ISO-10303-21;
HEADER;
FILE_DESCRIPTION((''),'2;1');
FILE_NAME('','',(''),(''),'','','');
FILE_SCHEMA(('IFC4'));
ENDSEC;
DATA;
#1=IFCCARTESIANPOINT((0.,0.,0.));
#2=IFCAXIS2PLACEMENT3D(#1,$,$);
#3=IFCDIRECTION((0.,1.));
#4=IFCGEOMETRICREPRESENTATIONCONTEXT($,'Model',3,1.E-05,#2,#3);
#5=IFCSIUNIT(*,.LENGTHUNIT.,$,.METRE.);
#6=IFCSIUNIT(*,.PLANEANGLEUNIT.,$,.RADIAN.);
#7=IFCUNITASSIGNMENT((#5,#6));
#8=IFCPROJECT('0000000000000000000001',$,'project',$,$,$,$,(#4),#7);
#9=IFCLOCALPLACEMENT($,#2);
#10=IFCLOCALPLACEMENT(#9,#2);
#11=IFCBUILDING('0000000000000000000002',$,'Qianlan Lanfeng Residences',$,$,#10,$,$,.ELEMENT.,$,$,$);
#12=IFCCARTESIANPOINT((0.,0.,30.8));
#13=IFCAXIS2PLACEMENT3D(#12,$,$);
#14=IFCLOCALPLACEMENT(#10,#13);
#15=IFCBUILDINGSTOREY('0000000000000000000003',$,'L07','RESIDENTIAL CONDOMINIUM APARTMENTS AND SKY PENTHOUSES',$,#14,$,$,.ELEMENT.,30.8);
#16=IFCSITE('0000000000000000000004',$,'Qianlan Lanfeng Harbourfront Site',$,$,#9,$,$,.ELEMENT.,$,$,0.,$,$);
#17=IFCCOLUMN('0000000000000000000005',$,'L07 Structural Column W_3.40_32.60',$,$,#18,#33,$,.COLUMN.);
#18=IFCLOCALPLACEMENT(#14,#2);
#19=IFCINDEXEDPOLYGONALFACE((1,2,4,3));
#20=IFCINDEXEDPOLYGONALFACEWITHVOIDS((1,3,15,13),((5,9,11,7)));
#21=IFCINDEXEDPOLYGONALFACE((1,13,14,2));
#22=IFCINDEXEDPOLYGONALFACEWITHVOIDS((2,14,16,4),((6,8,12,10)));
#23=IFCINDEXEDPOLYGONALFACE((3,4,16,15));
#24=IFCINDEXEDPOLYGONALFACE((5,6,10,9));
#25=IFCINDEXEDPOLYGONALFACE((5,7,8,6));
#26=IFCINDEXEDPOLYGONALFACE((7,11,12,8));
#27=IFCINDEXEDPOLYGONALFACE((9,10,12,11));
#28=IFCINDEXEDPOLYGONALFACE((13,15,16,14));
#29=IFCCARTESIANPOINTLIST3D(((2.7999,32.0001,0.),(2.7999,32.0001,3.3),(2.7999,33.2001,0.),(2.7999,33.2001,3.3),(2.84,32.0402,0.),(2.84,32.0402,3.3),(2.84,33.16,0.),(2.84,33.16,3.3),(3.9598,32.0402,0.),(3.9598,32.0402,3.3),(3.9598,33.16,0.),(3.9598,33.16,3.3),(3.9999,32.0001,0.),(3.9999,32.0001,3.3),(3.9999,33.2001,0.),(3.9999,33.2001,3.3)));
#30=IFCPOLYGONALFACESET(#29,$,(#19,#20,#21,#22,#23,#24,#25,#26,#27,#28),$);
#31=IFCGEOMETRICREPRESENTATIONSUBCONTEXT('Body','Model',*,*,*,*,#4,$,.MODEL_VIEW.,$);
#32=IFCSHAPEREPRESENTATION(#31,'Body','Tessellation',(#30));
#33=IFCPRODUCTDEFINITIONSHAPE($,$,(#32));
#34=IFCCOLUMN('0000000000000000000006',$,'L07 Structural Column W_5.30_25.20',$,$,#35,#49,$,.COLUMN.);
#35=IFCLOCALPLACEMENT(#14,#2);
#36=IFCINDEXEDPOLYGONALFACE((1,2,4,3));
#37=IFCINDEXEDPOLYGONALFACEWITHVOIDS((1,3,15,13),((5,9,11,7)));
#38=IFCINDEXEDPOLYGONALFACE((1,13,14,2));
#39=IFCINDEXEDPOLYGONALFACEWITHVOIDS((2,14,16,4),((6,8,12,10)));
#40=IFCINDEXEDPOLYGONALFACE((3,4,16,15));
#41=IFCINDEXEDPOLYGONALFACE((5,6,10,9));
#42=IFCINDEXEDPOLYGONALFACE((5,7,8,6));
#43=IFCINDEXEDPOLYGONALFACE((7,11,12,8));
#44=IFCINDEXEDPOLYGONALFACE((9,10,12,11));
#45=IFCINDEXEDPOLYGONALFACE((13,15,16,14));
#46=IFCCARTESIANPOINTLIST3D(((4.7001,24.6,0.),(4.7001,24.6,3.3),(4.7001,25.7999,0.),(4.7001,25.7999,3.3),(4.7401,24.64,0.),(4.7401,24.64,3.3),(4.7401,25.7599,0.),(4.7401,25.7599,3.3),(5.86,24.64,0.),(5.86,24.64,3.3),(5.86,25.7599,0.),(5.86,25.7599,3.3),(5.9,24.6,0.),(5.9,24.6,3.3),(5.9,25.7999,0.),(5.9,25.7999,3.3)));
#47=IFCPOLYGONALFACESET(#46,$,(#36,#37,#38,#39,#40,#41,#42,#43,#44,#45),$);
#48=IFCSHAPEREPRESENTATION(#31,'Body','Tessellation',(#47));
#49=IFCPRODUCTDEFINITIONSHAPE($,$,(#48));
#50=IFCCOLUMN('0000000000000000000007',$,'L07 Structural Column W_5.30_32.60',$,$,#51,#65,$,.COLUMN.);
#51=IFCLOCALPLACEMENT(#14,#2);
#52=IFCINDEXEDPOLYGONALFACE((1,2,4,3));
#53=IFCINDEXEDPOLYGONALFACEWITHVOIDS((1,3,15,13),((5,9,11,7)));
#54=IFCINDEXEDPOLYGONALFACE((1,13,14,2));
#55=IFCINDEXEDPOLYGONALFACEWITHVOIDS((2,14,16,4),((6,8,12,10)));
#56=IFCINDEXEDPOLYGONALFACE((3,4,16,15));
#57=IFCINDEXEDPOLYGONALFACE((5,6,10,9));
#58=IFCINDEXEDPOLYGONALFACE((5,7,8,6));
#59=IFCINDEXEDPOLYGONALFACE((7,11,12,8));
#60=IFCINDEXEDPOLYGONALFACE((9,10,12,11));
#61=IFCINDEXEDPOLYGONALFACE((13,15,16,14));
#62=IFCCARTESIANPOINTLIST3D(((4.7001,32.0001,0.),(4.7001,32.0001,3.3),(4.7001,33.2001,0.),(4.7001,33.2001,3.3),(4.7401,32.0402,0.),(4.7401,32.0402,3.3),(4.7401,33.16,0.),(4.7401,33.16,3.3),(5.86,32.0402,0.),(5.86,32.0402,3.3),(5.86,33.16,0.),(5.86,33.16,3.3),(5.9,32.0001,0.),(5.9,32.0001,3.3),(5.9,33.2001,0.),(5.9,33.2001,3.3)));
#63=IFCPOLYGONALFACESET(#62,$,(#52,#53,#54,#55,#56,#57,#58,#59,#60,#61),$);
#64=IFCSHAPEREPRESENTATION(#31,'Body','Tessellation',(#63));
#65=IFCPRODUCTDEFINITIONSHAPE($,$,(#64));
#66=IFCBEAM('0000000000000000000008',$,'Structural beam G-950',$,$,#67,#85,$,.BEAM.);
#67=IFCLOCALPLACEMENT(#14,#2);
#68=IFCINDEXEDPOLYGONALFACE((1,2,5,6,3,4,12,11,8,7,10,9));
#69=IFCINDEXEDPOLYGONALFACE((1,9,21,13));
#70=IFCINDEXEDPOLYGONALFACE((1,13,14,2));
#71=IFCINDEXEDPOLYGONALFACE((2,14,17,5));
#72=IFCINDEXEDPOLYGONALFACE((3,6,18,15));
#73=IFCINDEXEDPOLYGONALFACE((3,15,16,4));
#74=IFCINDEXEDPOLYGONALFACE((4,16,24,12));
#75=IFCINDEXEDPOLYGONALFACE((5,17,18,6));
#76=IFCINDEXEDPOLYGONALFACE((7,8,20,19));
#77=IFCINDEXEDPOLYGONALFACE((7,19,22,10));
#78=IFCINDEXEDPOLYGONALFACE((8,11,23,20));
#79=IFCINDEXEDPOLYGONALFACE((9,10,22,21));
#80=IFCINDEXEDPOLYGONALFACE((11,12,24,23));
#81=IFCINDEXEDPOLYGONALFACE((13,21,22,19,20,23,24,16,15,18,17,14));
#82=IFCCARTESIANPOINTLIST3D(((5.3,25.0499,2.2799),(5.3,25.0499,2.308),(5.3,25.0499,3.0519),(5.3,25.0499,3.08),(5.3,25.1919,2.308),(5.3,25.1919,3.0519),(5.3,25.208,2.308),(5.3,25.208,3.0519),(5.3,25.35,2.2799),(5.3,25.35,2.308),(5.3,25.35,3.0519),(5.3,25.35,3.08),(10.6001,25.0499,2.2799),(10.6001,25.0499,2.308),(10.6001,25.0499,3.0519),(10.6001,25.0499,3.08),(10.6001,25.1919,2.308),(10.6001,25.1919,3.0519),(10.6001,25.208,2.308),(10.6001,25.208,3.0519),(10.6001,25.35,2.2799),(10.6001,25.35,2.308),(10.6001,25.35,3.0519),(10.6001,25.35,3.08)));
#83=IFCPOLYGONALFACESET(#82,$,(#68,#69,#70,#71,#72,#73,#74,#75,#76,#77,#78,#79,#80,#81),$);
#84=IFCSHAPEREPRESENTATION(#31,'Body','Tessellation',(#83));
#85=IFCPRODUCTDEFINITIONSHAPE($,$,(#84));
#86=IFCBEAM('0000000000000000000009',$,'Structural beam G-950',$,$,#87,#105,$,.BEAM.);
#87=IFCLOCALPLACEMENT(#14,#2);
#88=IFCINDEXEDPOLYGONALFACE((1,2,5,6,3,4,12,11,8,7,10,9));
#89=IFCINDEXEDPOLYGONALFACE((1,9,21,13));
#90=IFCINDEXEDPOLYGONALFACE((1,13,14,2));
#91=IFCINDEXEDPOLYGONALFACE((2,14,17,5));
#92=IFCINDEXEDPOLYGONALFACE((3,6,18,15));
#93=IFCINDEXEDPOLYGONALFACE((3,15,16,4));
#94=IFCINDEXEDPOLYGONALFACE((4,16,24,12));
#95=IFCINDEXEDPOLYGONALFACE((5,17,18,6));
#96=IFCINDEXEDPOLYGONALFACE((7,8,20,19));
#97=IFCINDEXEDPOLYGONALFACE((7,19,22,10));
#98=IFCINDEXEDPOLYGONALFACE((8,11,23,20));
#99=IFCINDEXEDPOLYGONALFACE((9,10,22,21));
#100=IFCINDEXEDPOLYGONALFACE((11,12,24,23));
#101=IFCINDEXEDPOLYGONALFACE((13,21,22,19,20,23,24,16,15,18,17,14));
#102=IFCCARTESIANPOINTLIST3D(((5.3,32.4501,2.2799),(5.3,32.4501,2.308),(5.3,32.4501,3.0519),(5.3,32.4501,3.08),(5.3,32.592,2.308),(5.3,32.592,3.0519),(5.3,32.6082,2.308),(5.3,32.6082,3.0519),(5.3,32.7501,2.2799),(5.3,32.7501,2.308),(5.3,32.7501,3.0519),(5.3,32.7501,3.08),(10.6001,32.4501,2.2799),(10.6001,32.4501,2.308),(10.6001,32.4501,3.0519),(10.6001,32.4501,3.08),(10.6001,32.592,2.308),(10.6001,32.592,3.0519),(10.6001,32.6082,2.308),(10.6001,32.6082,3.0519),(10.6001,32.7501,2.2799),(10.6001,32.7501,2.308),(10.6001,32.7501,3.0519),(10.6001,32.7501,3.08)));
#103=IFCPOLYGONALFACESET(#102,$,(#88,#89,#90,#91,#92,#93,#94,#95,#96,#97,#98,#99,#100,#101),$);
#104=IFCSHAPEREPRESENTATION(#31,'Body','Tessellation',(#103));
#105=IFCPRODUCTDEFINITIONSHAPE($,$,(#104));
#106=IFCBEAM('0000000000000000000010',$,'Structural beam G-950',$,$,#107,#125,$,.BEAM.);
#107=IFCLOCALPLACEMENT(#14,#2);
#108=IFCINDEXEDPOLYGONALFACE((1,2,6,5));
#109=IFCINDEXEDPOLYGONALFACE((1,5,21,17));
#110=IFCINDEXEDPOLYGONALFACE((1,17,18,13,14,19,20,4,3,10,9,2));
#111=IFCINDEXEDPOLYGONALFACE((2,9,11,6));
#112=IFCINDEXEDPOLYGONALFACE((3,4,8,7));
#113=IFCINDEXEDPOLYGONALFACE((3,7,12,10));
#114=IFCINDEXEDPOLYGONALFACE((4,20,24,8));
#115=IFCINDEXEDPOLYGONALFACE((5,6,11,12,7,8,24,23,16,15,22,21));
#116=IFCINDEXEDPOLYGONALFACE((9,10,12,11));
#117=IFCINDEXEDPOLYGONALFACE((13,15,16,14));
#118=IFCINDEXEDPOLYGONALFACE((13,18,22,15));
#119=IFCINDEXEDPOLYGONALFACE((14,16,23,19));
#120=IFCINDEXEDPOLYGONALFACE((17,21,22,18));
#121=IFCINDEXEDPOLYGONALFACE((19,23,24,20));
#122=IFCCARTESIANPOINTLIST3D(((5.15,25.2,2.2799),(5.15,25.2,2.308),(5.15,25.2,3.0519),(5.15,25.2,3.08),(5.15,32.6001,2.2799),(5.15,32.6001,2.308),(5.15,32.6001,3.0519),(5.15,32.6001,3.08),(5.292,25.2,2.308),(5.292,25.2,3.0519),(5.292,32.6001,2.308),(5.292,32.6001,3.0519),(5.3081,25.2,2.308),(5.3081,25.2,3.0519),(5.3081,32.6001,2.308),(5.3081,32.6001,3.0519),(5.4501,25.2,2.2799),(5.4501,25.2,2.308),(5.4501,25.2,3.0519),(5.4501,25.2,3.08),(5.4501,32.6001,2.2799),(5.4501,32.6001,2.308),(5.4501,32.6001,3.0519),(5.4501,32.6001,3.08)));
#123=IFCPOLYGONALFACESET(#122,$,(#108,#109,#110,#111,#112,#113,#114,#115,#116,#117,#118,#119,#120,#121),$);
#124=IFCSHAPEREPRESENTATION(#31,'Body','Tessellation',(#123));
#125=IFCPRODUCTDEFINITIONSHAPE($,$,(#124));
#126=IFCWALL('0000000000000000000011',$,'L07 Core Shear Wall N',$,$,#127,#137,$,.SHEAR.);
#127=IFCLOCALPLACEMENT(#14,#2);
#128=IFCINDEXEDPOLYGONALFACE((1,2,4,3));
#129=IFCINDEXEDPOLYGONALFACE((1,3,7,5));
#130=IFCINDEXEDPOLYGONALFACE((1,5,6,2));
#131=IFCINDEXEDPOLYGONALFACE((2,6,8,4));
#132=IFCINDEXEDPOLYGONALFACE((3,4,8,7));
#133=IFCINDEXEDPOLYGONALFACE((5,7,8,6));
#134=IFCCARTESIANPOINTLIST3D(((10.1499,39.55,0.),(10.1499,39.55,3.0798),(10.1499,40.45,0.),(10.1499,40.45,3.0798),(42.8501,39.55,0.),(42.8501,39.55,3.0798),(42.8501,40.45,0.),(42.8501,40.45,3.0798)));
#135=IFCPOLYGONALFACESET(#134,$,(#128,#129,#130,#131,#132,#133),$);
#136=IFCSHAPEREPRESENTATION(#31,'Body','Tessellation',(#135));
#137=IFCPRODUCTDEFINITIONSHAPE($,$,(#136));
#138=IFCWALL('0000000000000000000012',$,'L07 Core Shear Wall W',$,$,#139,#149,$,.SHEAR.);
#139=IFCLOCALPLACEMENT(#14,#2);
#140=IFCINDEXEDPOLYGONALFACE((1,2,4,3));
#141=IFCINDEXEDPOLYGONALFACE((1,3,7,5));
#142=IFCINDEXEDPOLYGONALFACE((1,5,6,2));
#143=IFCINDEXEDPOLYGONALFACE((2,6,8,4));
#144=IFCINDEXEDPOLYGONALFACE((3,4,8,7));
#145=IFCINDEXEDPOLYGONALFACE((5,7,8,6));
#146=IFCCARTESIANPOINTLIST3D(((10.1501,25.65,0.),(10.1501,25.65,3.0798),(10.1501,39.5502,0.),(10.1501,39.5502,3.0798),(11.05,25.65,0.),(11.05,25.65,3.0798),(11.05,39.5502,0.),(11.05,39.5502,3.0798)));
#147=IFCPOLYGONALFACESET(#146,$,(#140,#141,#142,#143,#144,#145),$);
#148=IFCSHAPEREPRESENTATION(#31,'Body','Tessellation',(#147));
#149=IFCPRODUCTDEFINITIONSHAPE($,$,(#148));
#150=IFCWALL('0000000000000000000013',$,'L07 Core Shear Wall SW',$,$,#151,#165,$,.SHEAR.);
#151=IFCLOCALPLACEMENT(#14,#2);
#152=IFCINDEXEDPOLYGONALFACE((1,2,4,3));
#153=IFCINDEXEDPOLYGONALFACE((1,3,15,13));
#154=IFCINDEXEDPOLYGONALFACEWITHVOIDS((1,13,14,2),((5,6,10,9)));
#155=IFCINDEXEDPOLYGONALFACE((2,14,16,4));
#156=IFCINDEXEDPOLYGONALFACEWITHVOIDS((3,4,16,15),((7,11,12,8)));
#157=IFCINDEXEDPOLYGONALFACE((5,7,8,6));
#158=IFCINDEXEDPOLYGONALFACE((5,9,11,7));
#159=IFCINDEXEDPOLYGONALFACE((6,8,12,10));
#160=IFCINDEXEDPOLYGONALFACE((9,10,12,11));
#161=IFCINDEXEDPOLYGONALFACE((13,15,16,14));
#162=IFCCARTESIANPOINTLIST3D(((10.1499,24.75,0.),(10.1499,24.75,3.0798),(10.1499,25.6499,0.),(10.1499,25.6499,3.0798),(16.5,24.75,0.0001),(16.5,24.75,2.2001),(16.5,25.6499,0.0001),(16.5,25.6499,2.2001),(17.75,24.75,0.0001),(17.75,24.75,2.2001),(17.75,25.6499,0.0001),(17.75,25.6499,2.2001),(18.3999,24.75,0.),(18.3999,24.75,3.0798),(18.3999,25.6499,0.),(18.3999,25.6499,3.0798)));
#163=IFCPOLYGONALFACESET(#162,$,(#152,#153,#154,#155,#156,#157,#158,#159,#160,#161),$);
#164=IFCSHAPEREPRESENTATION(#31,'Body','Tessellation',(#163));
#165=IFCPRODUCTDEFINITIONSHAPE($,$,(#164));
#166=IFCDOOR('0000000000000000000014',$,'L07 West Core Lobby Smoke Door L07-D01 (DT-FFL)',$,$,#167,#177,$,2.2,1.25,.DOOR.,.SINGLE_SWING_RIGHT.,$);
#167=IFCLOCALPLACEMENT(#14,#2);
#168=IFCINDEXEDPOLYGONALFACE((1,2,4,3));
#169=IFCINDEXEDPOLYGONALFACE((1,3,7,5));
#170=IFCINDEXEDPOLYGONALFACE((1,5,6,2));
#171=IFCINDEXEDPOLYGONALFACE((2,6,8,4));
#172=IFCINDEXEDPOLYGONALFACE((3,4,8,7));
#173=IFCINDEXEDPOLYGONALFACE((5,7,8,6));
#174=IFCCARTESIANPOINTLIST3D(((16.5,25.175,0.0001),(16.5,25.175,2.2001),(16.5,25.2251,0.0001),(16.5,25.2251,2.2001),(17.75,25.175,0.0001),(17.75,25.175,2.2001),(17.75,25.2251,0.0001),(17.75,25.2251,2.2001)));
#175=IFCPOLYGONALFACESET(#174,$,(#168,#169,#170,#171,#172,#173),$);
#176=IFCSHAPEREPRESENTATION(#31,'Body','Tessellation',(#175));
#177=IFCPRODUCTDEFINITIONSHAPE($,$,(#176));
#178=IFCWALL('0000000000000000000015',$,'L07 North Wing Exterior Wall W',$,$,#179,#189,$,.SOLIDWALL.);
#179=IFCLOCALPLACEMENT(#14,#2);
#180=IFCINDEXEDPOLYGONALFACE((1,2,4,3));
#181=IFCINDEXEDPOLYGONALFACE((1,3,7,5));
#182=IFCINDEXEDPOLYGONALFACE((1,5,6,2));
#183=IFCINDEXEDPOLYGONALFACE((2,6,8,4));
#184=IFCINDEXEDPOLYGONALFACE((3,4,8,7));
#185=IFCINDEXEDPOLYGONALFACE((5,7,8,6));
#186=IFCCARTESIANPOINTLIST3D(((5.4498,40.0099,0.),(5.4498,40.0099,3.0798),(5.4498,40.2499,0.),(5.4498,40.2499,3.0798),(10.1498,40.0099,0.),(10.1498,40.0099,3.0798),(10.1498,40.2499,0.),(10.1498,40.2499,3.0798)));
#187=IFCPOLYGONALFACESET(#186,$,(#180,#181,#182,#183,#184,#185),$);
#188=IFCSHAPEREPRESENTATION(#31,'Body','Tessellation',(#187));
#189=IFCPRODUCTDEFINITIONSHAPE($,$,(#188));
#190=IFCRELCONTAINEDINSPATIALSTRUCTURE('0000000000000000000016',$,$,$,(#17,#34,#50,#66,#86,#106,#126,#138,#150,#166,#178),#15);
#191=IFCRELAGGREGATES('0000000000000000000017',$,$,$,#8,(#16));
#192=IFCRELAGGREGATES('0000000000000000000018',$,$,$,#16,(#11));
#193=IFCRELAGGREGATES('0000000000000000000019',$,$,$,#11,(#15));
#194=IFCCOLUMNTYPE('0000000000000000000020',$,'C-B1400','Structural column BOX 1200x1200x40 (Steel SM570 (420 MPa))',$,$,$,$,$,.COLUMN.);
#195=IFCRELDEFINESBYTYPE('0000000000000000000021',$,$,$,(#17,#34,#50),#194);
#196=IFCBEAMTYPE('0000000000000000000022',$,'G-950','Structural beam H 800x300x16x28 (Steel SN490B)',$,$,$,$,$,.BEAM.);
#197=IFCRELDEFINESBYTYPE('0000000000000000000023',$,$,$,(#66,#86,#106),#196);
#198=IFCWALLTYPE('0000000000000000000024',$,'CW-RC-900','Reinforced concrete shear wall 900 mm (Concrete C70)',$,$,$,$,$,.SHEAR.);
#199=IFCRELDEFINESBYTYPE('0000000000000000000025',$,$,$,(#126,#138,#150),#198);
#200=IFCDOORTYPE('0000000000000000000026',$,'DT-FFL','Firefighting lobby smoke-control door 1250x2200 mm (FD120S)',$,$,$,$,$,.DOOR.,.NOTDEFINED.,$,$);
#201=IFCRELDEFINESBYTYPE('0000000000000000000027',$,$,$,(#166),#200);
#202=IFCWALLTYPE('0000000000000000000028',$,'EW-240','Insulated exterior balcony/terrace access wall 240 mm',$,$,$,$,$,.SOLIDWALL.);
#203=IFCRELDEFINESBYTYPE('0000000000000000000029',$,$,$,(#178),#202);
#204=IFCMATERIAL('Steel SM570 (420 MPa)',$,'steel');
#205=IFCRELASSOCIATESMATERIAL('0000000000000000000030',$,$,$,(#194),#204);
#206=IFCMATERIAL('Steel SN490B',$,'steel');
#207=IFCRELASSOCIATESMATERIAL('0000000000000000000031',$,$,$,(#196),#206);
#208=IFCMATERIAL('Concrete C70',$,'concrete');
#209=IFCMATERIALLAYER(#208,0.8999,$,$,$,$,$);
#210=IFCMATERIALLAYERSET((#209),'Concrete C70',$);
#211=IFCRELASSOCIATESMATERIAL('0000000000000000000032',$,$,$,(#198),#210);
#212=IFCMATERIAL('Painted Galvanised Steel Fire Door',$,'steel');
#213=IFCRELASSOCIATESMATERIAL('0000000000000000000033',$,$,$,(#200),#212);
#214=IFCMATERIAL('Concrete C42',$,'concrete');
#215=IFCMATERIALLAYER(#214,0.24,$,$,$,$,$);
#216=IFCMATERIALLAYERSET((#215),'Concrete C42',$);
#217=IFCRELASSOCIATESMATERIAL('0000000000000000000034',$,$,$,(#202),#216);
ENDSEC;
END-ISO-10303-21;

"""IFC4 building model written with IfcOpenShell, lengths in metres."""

from ifc_helpers import new_model, si_unit, direction, frame, frame_2d, origin, origin_2d, place, context, subcontext, project, spatial, rectangle, hollow_rectangle, i_section, extrude, material, layer, layer_set, material_profile, profile_set, type_object, element, fill, save


model = new_model("IFC4")

# Units and contexts
model_context = context("Model", 3, precision=1e-05, world=origin(), true_north=direction((0.0, 1.0)))
body_context = subcontext(model_context, "Body", "Model", "MODEL_VIEW")
ifc_project = project(units=[si_unit("LENGTHUNIT", "METRE"), si_unit("PLANEANGLEUNIT", "RADIAN")], contexts=[model_context])

# Site, building, storey
site_placement = place(None, origin())
site = spatial("IfcSite", under=ifc_project, at=site_placement, Name="Qianlan Lanfeng Harbourfront Site", CompositionType="ELEMENT", RefElevation=0.0)
building_placement = place(site_placement, origin())
building = spatial("IfcBuilding", under=site, at=building_placement, Name="Qianlan Lanfeng Residences", CompositionType="ELEMENT")
storey_placement = place(building_placement, frame((0.0, 0.0, 30.8)))
storey = spatial("IfcBuildingStorey", under=building, at=storey_placement, Name="L07", Description="RESIDENTIAL CONDOMINIUM APARTMENTS AND SKY PENTHOUSES", CompositionType="ELEMENT", Elevation=30.8)

# Columns
ifc_material_1 = material(Name="Steel SM570 (420 MPa)", Category="steel")
ifc_material_profile_1 = material_profile(ifc_material_1, hollow_rectangle(XDim=1.2, YDim=1.2, WallThickness=0.04, at=origin_2d()), Name="BOX 1200x1200x40")
ifc_profile_set_1 = profile_set([ifc_material_profile_1], Name="Steel SM570 (420 MPa)")
column_type = type_object("IfcColumnType", Name="C-B1400", Description="Structural column BOX 1200x1200x40 (Steel SM570 (420 MPa))", PredefinedType="COLUMN", material=ifc_profile_set_1)
for number, where, z_axis, x_axis, name in (
    (1, (3.3999, 32.6001, 0.0), (0.0, 0.0, 1.0), (1.0, 0.0, 0.0), "L07 Structural Column W_3.40_32.60"),
    (2, (5.3, 25.2, 0.0), (0.0, 0.0, 1.0), (1.0, 0.0, 0.0), "L07 Structural Column W_5.30_25.20"),
    (3, (5.3, 32.6001, 0.0), (0.0, 0.0, 1.0), (1.0, 0.0, 0.0), "L07 Structural Column W_5.30_32.60"),
):
    element("IfcColumn", number, at=place(storey_placement, frame(where, z_axis=z_axis, x_axis=x_axis)), inside=storey, type_object=column_type, Name=name, PredefinedType="COLUMN", context=body_context, shape_type="SweptSolid", body=[
        extrude(hollow_rectangle(XDim=1.2, YDim=1.2, WallThickness=0.04, at=origin_2d()), origin(), (0.0, 0.0, 1.0), 3.3),
    ])

# Beams
ifc_material_2 = material(Name="Steel SN490B", Category="steel")
ifc_material_profile_2 = material_profile(ifc_material_2, i_section(OverallWidth=0.3, OverallDepth=0.8, WebThickness=0.0161, FlangeThickness=0.0281, at=origin_2d()), Name="H 800x300x16x28")
ifc_profile_set_2 = profile_set([ifc_material_profile_2], Name="Steel SN490B")
beam_type = type_object("IfcBeamType", Name="G-950", Description="Structural beam H 800x300x16x28 (Steel SN490B)", PredefinedType="BEAM", material=ifc_profile_set_2)
for number, where, z_axis, x_axis, name in (
    (4, (5.3, 25.2, 2.6799), (1.0, 0.0, 0.0), (0.0, 1.0, 0.0), "Structural beam G-950"),
    (5, (5.3, 32.6001, 2.6799), (1.0, 0.0, 0.0), (0.0, 1.0, 0.0), "Structural beam G-950"),
):
    element("IfcBeam", number, at=place(storey_placement, frame(where, z_axis=z_axis, x_axis=x_axis)), inside=storey, type_object=beam_type, Name=name, PredefinedType="BEAM", context=body_context, shape_type="SweptSolid", body=[
        extrude(i_section(OverallWidth=0.3, OverallDepth=0.8, WebThickness=0.0161, FlangeThickness=0.0281, at=origin_2d()), origin(), (0.0, 0.0, 1.0), 5.3),
    ])
beam_placement = place(storey_placement, frame((5.3, 25.2, 2.6799), z_axis=(0.0, 1.0, 0.0), x_axis=(-1.0, 0.0, 0.0)))
element("IfcBeam", 6, at=beam_placement, inside=storey, type_object=beam_type, Name="Structural beam G-950", PredefinedType="BEAM", context=body_context, shape_type="SweptSolid", body=[
    extrude(i_section(OverallWidth=0.3, OverallDepth=0.8, WebThickness=0.0161, FlangeThickness=0.0281, at=origin_2d()), origin(), (0.0, 0.0, 1.0), 7.4001),
])

# Walls
ifc_material_3 = material(Name="Concrete C70", Category="concrete")
ifc_layer_1 = layer(ifc_material_3, 0.8999)
ifc_layer_set_1 = layer_set([ifc_layer_1], Name="Concrete C70")
wall_type_1 = type_object("IfcWallType", Name="CW-RC-900", Description="Reinforced concrete shear wall 900 mm (Concrete C70)", PredefinedType="SHEAR", material=ifc_layer_set_1)
wall_1_placement = place(storey_placement, frame((10.1499, 40.0, 0.0), z_axis=(0.0, 0.0, 1.0), x_axis=(1.0, 0.0, 0.0)))
element("IfcWall", 7, at=wall_1_placement, inside=storey, type_object=wall_type_1, Name="L07 Core Shear Wall N", PredefinedType="SHEAR", context=body_context, shape_type="SweptSolid", body=[
    extrude(rectangle(XDim=32.7002, YDim=0.8999, at=frame_2d((16.3501, 0.0))), origin(), (0.0, 0.0, 1.0), 3.0798),
])
wall_2_placement = place(storey_placement, frame((10.6001, 25.6499, 0.0), z_axis=(0.0, 0.0, 1.0), x_axis=(0.0, 1.0, 0.0)))
element("IfcWall", 8, at=wall_2_placement, inside=storey, type_object=wall_type_1, Name="L07 Core Shear Wall W", PredefinedType="SHEAR", context=body_context, shape_type="SweptSolid", body=[
    extrude(rectangle(XDim=13.9001, YDim=0.8999, at=frame_2d((6.9502, 0.0))), origin(), (0.0, 0.0, 1.0), 3.0798),
])

# Wall, opening, door
wall_3_placement = place(storey_placement, frame((10.1499, 25.2, 0.0), z_axis=(0.0, 0.0, 1.0), x_axis=(1.0, 0.0, 0.0)))
wall_3 = element("IfcWall", 9, at=wall_3_placement, inside=storey, type_object=wall_type_1, Name="L07 Core Shear Wall SW", PredefinedType="SHEAR", context=body_context, shape_type="SweptSolid", body=[
    extrude(rectangle(XDim=8.25, YDim=0.8999, at=frame_2d((4.125, 0.0))), origin(), (0.0, 0.0, 1.0), 3.0798),
])
opening_1_placement = place(wall_3_placement, frame((6.3501, 0.0, 0.0)))
opening_1 = element("IfcOpeningElement", 10, at=opening_1_placement, cuts=wall_3, PredefinedType="OPENING", context=body_context, shape_type="SweptSolid", body=[
    extrude(rectangle(XDim=1.25, YDim=2.2, at=frame_2d((0.625, 1.1001))), frame((0.0, 0.46, 0.0), z_axis=(0.0, -1.0, 0.0), x_axis=(1.0, 0.0, 0.0)), (0.0, 0.0, 1.0), 0.9199),
])
ifc_material_4 = material(Name="Painted Galvanised Steel Fire Door", Category="steel")
door_type_1 = type_object("IfcDoorType", Name="DT-FFL", Description="Firefighting lobby smoke-control door 1250x2200 mm (FD120S)", OperationType="NOTDEFINED", PredefinedType="DOOR", material=ifc_material_4)
door_1_placement = place(opening_1_placement, frame((1.25, 0.0, 0.0), z_axis=(0.0, 0.0, 1.0), x_axis=(-1.0, 0.0, 0.0)))
door_1 = element("IfcDoor", 11, at=door_1_placement, inside=storey, type_object=door_type_1, Name="L07 West Core Lobby Smoke Door L07-D01 (DT-FFL)", OperationType="SINGLE_SWING_RIGHT", OverallHeight=2.2, OverallWidth=1.25, PredefinedType="DOOR", context=body_context, shape_type="SweptSolid", body=[
    extrude(rectangle(XDim=1.25, YDim=2.2, at=frame_2d((0.625, 1.1001))), frame((0.0, 0.0249, 0.0), z_axis=(0.0, -1.0, 0.0), x_axis=(1.0, 0.0, 0.0)), (0.0, 0.0, 1.0), 0.05),
])
fill(opening_1, door_1)

# Wall
ifc_material_5 = material(Name="Concrete C42", Category="concrete")
ifc_layer_2 = layer(ifc_material_5, 0.24)
ifc_layer_set_2 = layer_set([ifc_layer_2], Name="Concrete C42")
wall_type_2 = type_object("IfcWallType", Name="EW-240", Description="Insulated exterior balcony/terrace access wall 240 mm", PredefinedType="SOLIDWALL", material=ifc_layer_set_2)
wall_4_placement = place(storey_placement, frame((10.1499, 40.1299, 0.0), z_axis=(0.0, 0.0, 1.0), x_axis=(-1.0, 0.0, 0.0)))
element("IfcWall", 12, at=wall_4_placement, inside=storey, type_object=wall_type_2, Name="L07 North Wing Exterior Wall W", PredefinedType="SOLIDWALL", context=body_context, shape_type="SweptSolid", body=[
    extrude(rectangle(XDim=4.7, YDim=0.24, at=frame_2d((2.3501, 0.0))), origin(), (0.0, 0.0, 1.0), 3.0798),
])

save(model, "model.ifc")
